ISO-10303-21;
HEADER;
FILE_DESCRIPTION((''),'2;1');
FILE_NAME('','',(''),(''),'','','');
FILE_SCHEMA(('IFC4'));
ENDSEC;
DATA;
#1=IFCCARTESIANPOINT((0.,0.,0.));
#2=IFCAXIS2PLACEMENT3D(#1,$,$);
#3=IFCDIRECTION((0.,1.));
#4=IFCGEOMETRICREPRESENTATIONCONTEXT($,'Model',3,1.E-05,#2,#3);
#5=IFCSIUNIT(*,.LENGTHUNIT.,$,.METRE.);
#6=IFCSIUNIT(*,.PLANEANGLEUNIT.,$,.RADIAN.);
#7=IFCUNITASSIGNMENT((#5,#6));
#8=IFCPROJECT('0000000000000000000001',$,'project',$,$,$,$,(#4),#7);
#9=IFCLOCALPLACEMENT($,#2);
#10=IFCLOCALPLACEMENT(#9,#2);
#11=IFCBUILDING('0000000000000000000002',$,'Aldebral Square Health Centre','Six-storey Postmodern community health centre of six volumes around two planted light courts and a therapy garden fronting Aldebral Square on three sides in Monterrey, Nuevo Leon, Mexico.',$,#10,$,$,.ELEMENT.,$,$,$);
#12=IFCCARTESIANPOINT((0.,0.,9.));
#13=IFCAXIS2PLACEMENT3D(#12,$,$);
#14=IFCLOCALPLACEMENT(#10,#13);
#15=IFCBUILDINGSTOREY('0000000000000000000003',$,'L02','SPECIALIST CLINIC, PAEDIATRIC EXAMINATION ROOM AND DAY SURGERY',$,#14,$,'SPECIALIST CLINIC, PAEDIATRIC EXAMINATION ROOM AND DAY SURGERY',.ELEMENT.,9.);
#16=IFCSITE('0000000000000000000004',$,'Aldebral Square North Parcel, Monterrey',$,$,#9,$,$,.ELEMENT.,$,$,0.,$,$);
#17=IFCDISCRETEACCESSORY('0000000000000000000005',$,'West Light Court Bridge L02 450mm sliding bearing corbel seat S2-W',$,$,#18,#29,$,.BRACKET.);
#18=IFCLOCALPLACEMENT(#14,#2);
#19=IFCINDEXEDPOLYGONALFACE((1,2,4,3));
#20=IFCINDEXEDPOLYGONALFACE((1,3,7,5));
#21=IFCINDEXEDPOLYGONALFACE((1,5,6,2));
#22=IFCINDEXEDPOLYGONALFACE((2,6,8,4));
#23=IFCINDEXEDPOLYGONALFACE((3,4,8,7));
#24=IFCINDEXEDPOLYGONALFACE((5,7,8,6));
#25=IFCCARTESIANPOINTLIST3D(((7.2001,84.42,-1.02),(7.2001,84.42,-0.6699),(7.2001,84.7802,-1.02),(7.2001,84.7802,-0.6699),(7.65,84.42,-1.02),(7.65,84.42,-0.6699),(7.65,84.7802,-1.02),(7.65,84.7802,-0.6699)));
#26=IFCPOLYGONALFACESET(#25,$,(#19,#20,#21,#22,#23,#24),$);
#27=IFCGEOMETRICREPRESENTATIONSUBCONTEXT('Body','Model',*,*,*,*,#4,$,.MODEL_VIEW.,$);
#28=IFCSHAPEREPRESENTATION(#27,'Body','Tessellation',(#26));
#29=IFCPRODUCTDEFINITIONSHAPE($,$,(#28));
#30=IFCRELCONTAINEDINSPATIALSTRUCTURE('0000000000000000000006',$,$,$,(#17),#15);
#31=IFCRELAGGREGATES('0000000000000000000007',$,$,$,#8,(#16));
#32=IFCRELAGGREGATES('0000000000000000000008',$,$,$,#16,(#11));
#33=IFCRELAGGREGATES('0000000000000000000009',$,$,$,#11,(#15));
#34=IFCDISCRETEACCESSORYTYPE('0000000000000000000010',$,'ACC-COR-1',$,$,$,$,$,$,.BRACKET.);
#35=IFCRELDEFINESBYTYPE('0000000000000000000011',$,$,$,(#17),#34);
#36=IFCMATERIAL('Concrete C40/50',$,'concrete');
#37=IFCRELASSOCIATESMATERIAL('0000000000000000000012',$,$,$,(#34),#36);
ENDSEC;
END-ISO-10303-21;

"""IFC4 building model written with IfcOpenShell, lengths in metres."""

from ifc_helpers import new_model, si_unit, direction, frame, origin, origin_2d, place, context, subcontext, project, spatial, rectangle, extrude, material, type_object, element, save


model = new_model("IFC4")

# Units and contexts
model_context = context("Model", 3, precision=1e-05, world=origin(), true_north=direction((0.0, 1.0)))
body_context = subcontext(model_context, "Body", "Model", "MODEL_VIEW")
ifc_project = project(units=[si_unit("LENGTHUNIT", "METRE"), si_unit("PLANEANGLEUNIT", "RADIAN")], contexts=[model_context])

# Site, building, storey
site_placement = place(None, origin())
site = spatial("IfcSite", under=ifc_project, at=site_placement, Name="Aldebral Square North Parcel, Monterrey", CompositionType="ELEMENT", RefElevation=0.0)
building_placement = place(site_placement, origin())
building = spatial("IfcBuilding", under=site, at=building_placement, Name="Aldebral Square Health Centre", Description="Six-storey Postmodern community health centre of six volumes around two planted light courts and a therapy garden fronting Aldebral Square on three sides in Monterrey, Nuevo Leon, Mexico.", CompositionType="ELEMENT")
storey_placement = place(building_placement, frame((0.0, 0.0, 9.0)))
storey = spatial("IfcBuildingStorey", under=building, at=storey_placement, Name="L02", Description="SPECIALIST CLINIC, PAEDIATRIC EXAMINATION ROOM AND DAY SURGERY", LongName="SPECIALIST CLINIC, PAEDIATRIC EXAMINATION ROOM AND DAY SURGERY", CompositionType="ELEMENT", Elevation=9.0)

# Shared definitions
ifc_material_1 = material(Name="Concrete C40/50", Category="concrete")

# Discrete accessory
discrete_accessory_type_1 = type_object("IfcDiscreteAccessoryType", Name="ACC-COR-1", PredefinedType="BRACKET", material=ifc_material_1)
discrete_accessory_placement = place(storey_placement, frame((7.425, 84.6001, -1.02), z_axis=(0.0, 0.0, 1.0), x_axis=(1.0, 0.0, 0.0)))
element("IfcDiscreteAccessory", 1, at=discrete_accessory_placement, inside=storey, type_object=discrete_accessory_type_1, Name="West Light Court Bridge L02 450mm sliding bearing corbel seat S2-W", PredefinedType="BRACKET", context=body_context, shape_type="SweptSolid", body=[
    extrude(rectangle(XDim=0.45, YDim=0.3601, at=origin_2d()), origin(), (0.0, 0.0, 1.0), 0.3501),
])

save(model, "model.ifc")
